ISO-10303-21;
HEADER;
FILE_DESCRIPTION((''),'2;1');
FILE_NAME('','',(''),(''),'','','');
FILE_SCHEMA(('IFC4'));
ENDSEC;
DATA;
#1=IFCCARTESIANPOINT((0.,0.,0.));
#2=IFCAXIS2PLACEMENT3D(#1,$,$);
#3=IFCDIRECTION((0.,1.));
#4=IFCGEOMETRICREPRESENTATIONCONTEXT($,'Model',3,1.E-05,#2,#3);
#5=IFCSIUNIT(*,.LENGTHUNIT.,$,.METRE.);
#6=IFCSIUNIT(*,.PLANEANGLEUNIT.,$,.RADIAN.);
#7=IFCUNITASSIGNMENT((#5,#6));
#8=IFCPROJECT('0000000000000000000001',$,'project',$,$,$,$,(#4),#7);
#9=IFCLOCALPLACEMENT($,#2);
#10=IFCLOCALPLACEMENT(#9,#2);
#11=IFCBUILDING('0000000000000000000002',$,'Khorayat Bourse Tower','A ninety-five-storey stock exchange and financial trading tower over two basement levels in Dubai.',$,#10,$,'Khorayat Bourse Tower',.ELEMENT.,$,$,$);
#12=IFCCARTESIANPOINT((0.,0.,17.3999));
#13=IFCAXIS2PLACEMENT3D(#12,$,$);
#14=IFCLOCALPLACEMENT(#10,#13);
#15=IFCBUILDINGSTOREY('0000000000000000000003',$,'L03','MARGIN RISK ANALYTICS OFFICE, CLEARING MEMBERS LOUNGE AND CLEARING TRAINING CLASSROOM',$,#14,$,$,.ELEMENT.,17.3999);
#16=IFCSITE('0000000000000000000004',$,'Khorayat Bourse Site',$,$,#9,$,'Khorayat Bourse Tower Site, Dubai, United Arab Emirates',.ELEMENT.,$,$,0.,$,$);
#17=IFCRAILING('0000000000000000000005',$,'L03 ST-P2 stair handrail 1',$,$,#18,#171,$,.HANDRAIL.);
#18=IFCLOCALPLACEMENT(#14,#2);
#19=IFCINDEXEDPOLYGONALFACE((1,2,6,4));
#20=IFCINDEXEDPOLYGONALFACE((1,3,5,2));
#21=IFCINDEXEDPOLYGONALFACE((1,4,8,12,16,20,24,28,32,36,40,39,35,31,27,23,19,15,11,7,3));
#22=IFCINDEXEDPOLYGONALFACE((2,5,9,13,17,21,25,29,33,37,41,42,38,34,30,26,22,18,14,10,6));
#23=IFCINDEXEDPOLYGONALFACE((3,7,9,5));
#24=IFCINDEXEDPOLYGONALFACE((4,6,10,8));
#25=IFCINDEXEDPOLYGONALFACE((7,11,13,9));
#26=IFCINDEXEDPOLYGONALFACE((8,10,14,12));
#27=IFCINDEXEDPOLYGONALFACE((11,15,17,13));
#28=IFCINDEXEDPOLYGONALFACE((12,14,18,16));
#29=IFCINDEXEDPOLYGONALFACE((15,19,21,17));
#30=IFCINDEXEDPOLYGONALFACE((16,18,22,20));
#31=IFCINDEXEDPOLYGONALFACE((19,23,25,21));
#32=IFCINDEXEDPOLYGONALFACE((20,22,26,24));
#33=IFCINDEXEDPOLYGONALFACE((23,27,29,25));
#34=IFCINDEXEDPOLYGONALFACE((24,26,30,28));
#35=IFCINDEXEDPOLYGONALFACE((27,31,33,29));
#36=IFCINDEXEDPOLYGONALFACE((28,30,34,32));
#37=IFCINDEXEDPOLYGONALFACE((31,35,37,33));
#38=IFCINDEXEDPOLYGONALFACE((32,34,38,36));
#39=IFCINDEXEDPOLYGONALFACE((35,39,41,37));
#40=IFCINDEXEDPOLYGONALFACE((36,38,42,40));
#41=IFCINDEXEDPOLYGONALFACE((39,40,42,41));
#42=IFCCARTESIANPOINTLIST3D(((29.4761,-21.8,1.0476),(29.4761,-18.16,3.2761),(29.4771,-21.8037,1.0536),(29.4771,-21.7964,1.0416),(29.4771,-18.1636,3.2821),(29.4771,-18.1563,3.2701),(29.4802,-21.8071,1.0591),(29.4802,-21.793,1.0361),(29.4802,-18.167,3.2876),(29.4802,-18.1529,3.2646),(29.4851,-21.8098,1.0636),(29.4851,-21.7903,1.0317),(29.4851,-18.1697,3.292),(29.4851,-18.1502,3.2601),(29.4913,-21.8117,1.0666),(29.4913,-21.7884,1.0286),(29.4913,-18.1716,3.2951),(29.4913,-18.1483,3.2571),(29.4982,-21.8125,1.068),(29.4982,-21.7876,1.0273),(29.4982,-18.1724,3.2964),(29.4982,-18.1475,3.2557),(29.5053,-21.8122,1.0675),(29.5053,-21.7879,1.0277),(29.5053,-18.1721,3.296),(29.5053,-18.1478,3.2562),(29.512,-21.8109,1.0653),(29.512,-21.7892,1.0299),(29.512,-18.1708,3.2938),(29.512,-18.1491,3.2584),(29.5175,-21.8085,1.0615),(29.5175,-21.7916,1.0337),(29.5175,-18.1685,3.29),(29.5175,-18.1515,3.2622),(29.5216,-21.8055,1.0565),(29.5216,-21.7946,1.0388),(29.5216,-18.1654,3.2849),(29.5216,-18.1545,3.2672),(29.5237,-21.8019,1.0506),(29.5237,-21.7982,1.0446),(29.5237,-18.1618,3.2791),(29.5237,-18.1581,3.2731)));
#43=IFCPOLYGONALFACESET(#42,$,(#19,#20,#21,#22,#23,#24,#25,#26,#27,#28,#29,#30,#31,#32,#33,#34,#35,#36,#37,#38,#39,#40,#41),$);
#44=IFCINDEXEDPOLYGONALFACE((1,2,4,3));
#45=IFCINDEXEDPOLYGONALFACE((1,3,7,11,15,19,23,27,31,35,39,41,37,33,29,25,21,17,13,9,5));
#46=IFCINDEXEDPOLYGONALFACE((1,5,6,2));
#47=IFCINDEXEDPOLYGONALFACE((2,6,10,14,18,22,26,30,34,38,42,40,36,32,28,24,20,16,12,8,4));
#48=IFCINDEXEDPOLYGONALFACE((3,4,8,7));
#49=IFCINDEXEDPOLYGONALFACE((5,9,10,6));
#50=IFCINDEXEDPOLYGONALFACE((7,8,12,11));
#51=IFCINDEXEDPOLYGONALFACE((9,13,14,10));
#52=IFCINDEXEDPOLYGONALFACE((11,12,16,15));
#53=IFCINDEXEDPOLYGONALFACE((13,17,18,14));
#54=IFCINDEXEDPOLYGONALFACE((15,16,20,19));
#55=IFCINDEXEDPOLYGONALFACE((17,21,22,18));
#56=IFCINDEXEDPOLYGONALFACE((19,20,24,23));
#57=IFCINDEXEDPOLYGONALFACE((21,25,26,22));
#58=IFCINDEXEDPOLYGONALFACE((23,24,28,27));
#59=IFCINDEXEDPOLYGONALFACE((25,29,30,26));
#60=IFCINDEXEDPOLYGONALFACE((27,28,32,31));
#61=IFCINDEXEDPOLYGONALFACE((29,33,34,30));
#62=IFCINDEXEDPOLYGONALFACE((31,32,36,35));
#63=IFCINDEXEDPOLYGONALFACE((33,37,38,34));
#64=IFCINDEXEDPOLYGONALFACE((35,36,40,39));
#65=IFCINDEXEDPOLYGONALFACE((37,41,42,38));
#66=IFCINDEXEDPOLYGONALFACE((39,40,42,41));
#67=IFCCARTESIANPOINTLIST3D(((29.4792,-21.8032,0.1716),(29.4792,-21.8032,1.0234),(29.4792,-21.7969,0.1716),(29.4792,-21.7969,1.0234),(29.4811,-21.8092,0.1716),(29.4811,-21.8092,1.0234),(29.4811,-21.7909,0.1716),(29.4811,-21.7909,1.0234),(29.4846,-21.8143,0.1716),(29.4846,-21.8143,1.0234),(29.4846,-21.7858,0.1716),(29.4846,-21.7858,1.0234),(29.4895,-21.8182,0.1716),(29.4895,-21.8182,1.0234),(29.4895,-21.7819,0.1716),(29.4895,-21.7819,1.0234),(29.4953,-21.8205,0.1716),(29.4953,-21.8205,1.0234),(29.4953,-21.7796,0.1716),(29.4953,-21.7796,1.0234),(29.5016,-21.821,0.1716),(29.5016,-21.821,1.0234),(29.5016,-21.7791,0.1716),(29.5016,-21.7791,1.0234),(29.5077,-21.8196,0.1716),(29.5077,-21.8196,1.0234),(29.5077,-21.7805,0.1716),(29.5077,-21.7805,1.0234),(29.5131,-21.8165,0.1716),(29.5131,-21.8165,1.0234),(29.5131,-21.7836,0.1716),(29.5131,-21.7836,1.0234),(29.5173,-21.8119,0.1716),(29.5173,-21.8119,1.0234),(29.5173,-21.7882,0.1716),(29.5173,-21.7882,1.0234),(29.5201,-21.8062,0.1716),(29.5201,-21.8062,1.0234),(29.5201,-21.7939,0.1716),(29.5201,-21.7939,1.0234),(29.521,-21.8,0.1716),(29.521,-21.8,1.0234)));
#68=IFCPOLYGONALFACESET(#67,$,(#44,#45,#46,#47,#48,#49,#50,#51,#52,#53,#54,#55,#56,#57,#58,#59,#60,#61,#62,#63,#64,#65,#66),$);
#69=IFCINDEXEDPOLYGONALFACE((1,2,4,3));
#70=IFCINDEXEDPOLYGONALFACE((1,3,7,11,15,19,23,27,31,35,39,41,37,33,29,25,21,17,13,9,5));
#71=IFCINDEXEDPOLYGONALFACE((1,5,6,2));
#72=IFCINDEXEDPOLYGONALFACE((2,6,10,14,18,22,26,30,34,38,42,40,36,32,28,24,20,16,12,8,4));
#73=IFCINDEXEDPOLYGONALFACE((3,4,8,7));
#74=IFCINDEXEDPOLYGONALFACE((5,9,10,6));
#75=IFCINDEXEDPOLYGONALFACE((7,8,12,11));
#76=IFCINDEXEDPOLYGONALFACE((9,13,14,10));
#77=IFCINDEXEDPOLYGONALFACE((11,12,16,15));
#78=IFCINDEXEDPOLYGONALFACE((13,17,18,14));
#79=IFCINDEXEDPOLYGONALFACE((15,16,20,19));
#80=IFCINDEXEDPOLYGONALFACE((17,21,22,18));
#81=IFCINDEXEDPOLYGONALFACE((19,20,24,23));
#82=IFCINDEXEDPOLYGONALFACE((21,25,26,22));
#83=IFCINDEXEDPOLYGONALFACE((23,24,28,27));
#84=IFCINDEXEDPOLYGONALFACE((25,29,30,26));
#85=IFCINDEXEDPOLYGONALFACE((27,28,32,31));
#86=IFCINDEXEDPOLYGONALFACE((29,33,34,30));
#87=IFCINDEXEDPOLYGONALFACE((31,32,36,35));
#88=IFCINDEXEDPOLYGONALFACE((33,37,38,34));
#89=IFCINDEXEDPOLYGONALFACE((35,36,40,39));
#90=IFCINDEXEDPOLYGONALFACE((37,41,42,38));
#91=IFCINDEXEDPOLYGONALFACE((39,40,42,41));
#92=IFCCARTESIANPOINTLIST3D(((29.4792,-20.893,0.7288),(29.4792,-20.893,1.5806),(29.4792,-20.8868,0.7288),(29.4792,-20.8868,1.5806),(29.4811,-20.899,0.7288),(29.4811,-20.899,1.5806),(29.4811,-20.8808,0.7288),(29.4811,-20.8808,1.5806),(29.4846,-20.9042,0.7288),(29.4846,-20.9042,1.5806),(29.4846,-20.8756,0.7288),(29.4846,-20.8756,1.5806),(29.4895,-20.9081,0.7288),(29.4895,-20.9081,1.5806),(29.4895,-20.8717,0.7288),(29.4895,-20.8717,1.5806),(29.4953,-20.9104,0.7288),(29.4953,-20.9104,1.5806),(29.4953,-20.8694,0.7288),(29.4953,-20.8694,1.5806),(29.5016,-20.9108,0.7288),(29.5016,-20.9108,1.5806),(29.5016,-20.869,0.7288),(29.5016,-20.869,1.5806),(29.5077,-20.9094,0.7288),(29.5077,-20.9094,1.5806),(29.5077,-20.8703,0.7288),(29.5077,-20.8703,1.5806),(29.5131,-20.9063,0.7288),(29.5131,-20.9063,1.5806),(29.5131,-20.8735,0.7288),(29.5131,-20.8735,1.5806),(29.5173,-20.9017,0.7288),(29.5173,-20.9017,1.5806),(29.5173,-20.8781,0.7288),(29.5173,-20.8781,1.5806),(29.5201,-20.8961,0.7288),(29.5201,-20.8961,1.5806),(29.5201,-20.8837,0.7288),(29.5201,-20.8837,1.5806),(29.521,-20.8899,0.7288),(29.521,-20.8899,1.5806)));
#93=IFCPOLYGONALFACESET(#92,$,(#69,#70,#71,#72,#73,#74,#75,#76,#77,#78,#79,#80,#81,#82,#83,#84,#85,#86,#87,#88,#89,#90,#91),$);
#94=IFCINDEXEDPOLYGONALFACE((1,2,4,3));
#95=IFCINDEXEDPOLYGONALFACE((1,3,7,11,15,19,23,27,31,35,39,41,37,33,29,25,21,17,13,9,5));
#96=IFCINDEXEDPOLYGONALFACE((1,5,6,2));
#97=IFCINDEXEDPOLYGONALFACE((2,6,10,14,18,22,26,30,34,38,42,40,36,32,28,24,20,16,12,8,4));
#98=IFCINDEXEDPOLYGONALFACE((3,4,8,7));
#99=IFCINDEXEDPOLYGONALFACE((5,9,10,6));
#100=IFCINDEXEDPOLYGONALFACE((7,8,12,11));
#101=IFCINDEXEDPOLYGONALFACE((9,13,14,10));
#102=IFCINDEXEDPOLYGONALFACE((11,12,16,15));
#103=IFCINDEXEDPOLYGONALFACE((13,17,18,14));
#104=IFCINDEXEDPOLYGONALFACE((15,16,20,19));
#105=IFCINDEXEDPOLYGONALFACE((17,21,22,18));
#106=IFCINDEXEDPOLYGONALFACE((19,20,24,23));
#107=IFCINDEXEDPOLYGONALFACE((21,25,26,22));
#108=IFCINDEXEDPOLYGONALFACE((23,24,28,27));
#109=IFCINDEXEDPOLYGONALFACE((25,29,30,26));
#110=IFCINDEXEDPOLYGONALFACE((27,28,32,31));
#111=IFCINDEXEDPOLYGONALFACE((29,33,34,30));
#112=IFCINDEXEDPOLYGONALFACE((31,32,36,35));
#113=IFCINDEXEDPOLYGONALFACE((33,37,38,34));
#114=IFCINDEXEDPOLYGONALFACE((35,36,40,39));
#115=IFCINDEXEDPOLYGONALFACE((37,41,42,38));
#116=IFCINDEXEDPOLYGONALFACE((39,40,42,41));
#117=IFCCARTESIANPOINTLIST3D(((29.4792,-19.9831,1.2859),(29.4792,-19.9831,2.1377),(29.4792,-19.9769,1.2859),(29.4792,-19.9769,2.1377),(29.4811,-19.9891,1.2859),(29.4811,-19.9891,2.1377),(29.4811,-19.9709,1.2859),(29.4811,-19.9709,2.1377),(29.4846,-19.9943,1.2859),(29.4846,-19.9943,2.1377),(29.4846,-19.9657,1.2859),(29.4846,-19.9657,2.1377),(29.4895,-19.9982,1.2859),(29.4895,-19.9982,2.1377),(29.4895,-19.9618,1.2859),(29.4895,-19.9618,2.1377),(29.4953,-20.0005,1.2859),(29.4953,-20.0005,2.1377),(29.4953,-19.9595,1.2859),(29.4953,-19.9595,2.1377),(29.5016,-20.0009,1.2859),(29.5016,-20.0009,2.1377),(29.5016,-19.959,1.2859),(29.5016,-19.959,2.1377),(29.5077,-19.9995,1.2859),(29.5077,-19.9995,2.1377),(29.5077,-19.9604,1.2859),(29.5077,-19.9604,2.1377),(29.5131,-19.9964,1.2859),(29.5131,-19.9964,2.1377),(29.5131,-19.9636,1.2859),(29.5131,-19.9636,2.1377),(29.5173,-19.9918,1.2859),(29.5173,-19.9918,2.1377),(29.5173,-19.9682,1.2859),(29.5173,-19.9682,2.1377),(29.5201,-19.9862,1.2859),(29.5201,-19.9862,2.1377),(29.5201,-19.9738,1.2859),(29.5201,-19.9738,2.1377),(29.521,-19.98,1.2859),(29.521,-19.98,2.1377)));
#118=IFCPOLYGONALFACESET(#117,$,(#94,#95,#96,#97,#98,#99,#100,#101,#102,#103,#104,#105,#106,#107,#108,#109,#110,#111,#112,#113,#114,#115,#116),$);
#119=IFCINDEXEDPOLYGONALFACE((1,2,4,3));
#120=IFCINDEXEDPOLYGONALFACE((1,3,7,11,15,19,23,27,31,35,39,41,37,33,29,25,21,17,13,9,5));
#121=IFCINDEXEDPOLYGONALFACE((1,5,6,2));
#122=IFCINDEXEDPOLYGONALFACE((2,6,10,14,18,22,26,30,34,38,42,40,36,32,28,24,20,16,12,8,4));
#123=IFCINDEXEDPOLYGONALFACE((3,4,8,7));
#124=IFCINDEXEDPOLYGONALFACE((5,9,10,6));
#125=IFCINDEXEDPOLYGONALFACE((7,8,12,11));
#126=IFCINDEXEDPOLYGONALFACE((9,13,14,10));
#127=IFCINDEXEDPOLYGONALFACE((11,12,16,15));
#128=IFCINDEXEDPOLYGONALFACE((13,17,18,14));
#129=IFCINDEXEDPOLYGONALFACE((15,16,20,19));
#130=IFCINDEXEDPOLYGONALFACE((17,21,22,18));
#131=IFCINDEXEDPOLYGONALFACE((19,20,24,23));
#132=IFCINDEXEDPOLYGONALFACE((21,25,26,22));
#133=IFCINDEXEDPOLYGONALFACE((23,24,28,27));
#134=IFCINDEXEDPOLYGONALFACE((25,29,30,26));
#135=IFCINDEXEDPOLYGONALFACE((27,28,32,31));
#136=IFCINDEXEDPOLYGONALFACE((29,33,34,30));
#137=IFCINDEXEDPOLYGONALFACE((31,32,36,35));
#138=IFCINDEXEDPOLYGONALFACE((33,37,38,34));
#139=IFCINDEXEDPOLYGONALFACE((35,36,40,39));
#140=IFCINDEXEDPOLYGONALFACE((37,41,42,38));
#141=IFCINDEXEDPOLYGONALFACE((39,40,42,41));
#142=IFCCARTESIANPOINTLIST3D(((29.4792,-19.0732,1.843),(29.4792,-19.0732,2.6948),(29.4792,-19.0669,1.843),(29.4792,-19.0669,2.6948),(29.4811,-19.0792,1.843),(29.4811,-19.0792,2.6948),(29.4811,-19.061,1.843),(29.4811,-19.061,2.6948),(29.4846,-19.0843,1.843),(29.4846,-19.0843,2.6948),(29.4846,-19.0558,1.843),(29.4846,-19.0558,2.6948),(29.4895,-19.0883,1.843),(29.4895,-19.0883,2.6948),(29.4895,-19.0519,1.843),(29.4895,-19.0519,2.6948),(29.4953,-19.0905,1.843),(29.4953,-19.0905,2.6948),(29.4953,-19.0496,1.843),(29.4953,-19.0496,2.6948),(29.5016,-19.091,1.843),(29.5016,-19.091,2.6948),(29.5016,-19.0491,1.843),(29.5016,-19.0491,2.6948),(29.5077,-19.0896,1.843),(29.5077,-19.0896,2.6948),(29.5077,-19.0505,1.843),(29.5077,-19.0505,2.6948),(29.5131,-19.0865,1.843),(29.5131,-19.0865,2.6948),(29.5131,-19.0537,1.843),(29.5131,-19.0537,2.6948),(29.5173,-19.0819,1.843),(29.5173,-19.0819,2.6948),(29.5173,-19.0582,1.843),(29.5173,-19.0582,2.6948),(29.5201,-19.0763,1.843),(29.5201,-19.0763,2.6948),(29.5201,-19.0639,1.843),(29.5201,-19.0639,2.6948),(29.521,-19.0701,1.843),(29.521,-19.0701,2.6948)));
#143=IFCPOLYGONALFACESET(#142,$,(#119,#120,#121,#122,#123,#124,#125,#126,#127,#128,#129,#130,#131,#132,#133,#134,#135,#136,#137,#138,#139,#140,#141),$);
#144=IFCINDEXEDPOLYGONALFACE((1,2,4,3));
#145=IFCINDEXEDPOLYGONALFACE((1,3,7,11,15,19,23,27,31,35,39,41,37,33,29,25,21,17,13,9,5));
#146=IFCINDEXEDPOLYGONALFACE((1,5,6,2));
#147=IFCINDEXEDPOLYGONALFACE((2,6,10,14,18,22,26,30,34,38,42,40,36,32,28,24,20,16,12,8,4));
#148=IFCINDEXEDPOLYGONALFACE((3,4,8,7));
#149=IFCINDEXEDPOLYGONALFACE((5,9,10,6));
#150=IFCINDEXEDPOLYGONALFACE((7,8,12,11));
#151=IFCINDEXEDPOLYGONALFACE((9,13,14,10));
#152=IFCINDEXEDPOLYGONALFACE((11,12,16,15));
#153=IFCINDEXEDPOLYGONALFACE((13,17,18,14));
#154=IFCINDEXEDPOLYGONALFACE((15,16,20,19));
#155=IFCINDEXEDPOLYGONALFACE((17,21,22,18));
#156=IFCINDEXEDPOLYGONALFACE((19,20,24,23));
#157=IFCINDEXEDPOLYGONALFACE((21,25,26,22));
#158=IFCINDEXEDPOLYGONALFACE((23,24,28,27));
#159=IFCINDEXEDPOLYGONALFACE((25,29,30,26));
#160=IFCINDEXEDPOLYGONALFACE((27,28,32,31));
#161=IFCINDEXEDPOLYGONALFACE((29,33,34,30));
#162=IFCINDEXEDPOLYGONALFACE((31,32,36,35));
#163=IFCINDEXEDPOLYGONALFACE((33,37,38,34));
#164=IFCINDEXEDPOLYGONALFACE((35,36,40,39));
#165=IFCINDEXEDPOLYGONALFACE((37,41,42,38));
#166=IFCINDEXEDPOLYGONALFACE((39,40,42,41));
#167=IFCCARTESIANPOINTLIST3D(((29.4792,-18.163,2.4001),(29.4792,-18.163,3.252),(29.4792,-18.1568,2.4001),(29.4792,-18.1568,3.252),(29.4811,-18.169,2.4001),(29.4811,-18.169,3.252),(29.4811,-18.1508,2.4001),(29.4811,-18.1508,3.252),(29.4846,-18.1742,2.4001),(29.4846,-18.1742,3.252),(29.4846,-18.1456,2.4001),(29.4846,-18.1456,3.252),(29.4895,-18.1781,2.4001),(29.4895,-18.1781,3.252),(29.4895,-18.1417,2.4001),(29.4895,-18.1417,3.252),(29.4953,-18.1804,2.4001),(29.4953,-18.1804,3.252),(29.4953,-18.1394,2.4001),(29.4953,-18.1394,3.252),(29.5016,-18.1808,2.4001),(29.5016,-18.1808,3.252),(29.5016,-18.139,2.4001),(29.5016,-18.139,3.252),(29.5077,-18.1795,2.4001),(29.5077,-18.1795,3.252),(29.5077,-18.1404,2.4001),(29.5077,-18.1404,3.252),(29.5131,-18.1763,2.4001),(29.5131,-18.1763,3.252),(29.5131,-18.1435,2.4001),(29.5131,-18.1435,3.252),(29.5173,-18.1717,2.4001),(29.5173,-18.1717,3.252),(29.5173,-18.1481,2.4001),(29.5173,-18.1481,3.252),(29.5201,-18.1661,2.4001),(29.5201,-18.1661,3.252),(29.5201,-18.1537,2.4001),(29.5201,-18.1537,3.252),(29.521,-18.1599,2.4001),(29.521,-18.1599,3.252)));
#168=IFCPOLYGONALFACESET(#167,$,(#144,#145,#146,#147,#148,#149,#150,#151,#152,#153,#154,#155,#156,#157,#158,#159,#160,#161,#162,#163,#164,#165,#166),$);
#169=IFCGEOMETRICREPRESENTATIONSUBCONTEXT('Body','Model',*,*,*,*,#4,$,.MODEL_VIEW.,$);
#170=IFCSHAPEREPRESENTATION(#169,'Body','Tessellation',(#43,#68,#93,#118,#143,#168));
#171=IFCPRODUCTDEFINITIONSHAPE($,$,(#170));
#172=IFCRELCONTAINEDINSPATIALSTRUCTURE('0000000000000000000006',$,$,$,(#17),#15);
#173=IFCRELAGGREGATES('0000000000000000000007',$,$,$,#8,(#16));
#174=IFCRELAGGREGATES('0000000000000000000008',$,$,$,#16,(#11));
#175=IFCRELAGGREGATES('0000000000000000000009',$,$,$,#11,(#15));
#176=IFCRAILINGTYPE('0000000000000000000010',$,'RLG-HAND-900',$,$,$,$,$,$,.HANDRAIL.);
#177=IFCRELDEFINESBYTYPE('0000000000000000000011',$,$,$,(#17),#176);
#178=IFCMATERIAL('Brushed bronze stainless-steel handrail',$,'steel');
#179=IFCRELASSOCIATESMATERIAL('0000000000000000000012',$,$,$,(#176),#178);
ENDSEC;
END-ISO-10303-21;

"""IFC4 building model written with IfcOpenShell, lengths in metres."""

from ifc_helpers import new_model, si_unit, direction, frame, origin, origin_2d, place, context, subcontext, project, spatial, circle, extrude, source, transform, mapped, material, type_object, element, save


model = new_model("IFC4")

# Units and contexts
model_context = context("Model", 3, precision=1e-05, world=origin(), true_north=direction((0.0, 1.0)))
body_context = subcontext(model_context, "Body", "Model", "MODEL_VIEW")
ifc_project = project(units=[si_unit("LENGTHUNIT", "METRE"), si_unit("PLANEANGLEUNIT", "RADIAN")], contexts=[model_context])

# Site, building, storey
site_placement = place(None, origin())
site = spatial("IfcSite", under=ifc_project, at=site_placement, Name="Khorayat Bourse Site", LongName="Khorayat Bourse Tower Site, Dubai, United Arab Emirates", CompositionType="ELEMENT", RefElevation=0.0)
building_placement = place(site_placement, origin())
building = spatial("IfcBuilding", under=site, at=building_placement, Name="Khorayat Bourse Tower", Description="A ninety-five-storey stock exchange and financial trading tower over two basement levels in Dubai.", LongName="Khorayat Bourse Tower", CompositionType="ELEMENT")
storey_placement = place(building_placement, frame((0.0, 0.0, 17.3999)))
storey = spatial("IfcBuildingStorey", under=building, at=storey_placement, Name="L03", Description="MARGIN RISK ANALYTICS OFFICE, CLEARING MEMBERS LOUNGE AND CLEARING TRAINING CLASSROOM", CompositionType="ELEMENT", Elevation=17.3999)

# Railing
ifc_material_1 = material(Name="Brushed bronze stainless-steel handrail", Category="steel")
railing_type_1 = type_object("IfcRailingType", Name="RLG-HAND-900", PredefinedType="HANDRAIL", material=ifc_material_1)
shared_shape_1 = source(origin(), body_context, "Body", "SweptSolid", [
    extrude(circle(Radius=0.0239, at=origin_2d()), frame((0.0, 0.0, 0.876), z_axis=(0.0, 0.852866, 0.52213), x_axis=(-1.0, 0.0, 0.0)), (0.0, 0.0, 1.0), 4.2681),
    extrude(circle(Radius=0.021, at=origin_2d()), origin(), (0.0, 0.0, 1.0), 0.8518),
    extrude(circle(Radius=0.021, at=origin_2d()), frame((0.0, 0.9102, 0.5571)), (0.0, 0.0, 1.0), 0.8518),
    extrude(circle(Radius=0.021, at=origin_2d()), frame((0.0, 1.8201, 1.1143)), (0.0, 0.0, 1.0), 0.8518),
    extrude(circle(Radius=0.021, at=origin_2d()), frame((0.0, 2.73, 1.6714)), (0.0, 0.0, 1.0), 0.8518),
    extrude(circle(Radius=0.021, at=origin_2d()), frame((0.0, 3.6401, 2.2285)), (0.0, 0.0, 1.0), 0.8518),
])
railing_1_placement = place(storey_placement, frame((29.5, -21.8, 0.1716)))
element("IfcRailing", 1, at=railing_1_placement, inside=storey, type_object=railing_type_1, Name="L03 ST-P2 stair handrail 1", PredefinedType="HANDRAIL", context=body_context, shape_type="MappedRepresentation", body=[
    mapped(shared_shape_1, transform((0.0, 0.0, 0.0), scale=1.0)),
])

save(model, "model.ifc")
